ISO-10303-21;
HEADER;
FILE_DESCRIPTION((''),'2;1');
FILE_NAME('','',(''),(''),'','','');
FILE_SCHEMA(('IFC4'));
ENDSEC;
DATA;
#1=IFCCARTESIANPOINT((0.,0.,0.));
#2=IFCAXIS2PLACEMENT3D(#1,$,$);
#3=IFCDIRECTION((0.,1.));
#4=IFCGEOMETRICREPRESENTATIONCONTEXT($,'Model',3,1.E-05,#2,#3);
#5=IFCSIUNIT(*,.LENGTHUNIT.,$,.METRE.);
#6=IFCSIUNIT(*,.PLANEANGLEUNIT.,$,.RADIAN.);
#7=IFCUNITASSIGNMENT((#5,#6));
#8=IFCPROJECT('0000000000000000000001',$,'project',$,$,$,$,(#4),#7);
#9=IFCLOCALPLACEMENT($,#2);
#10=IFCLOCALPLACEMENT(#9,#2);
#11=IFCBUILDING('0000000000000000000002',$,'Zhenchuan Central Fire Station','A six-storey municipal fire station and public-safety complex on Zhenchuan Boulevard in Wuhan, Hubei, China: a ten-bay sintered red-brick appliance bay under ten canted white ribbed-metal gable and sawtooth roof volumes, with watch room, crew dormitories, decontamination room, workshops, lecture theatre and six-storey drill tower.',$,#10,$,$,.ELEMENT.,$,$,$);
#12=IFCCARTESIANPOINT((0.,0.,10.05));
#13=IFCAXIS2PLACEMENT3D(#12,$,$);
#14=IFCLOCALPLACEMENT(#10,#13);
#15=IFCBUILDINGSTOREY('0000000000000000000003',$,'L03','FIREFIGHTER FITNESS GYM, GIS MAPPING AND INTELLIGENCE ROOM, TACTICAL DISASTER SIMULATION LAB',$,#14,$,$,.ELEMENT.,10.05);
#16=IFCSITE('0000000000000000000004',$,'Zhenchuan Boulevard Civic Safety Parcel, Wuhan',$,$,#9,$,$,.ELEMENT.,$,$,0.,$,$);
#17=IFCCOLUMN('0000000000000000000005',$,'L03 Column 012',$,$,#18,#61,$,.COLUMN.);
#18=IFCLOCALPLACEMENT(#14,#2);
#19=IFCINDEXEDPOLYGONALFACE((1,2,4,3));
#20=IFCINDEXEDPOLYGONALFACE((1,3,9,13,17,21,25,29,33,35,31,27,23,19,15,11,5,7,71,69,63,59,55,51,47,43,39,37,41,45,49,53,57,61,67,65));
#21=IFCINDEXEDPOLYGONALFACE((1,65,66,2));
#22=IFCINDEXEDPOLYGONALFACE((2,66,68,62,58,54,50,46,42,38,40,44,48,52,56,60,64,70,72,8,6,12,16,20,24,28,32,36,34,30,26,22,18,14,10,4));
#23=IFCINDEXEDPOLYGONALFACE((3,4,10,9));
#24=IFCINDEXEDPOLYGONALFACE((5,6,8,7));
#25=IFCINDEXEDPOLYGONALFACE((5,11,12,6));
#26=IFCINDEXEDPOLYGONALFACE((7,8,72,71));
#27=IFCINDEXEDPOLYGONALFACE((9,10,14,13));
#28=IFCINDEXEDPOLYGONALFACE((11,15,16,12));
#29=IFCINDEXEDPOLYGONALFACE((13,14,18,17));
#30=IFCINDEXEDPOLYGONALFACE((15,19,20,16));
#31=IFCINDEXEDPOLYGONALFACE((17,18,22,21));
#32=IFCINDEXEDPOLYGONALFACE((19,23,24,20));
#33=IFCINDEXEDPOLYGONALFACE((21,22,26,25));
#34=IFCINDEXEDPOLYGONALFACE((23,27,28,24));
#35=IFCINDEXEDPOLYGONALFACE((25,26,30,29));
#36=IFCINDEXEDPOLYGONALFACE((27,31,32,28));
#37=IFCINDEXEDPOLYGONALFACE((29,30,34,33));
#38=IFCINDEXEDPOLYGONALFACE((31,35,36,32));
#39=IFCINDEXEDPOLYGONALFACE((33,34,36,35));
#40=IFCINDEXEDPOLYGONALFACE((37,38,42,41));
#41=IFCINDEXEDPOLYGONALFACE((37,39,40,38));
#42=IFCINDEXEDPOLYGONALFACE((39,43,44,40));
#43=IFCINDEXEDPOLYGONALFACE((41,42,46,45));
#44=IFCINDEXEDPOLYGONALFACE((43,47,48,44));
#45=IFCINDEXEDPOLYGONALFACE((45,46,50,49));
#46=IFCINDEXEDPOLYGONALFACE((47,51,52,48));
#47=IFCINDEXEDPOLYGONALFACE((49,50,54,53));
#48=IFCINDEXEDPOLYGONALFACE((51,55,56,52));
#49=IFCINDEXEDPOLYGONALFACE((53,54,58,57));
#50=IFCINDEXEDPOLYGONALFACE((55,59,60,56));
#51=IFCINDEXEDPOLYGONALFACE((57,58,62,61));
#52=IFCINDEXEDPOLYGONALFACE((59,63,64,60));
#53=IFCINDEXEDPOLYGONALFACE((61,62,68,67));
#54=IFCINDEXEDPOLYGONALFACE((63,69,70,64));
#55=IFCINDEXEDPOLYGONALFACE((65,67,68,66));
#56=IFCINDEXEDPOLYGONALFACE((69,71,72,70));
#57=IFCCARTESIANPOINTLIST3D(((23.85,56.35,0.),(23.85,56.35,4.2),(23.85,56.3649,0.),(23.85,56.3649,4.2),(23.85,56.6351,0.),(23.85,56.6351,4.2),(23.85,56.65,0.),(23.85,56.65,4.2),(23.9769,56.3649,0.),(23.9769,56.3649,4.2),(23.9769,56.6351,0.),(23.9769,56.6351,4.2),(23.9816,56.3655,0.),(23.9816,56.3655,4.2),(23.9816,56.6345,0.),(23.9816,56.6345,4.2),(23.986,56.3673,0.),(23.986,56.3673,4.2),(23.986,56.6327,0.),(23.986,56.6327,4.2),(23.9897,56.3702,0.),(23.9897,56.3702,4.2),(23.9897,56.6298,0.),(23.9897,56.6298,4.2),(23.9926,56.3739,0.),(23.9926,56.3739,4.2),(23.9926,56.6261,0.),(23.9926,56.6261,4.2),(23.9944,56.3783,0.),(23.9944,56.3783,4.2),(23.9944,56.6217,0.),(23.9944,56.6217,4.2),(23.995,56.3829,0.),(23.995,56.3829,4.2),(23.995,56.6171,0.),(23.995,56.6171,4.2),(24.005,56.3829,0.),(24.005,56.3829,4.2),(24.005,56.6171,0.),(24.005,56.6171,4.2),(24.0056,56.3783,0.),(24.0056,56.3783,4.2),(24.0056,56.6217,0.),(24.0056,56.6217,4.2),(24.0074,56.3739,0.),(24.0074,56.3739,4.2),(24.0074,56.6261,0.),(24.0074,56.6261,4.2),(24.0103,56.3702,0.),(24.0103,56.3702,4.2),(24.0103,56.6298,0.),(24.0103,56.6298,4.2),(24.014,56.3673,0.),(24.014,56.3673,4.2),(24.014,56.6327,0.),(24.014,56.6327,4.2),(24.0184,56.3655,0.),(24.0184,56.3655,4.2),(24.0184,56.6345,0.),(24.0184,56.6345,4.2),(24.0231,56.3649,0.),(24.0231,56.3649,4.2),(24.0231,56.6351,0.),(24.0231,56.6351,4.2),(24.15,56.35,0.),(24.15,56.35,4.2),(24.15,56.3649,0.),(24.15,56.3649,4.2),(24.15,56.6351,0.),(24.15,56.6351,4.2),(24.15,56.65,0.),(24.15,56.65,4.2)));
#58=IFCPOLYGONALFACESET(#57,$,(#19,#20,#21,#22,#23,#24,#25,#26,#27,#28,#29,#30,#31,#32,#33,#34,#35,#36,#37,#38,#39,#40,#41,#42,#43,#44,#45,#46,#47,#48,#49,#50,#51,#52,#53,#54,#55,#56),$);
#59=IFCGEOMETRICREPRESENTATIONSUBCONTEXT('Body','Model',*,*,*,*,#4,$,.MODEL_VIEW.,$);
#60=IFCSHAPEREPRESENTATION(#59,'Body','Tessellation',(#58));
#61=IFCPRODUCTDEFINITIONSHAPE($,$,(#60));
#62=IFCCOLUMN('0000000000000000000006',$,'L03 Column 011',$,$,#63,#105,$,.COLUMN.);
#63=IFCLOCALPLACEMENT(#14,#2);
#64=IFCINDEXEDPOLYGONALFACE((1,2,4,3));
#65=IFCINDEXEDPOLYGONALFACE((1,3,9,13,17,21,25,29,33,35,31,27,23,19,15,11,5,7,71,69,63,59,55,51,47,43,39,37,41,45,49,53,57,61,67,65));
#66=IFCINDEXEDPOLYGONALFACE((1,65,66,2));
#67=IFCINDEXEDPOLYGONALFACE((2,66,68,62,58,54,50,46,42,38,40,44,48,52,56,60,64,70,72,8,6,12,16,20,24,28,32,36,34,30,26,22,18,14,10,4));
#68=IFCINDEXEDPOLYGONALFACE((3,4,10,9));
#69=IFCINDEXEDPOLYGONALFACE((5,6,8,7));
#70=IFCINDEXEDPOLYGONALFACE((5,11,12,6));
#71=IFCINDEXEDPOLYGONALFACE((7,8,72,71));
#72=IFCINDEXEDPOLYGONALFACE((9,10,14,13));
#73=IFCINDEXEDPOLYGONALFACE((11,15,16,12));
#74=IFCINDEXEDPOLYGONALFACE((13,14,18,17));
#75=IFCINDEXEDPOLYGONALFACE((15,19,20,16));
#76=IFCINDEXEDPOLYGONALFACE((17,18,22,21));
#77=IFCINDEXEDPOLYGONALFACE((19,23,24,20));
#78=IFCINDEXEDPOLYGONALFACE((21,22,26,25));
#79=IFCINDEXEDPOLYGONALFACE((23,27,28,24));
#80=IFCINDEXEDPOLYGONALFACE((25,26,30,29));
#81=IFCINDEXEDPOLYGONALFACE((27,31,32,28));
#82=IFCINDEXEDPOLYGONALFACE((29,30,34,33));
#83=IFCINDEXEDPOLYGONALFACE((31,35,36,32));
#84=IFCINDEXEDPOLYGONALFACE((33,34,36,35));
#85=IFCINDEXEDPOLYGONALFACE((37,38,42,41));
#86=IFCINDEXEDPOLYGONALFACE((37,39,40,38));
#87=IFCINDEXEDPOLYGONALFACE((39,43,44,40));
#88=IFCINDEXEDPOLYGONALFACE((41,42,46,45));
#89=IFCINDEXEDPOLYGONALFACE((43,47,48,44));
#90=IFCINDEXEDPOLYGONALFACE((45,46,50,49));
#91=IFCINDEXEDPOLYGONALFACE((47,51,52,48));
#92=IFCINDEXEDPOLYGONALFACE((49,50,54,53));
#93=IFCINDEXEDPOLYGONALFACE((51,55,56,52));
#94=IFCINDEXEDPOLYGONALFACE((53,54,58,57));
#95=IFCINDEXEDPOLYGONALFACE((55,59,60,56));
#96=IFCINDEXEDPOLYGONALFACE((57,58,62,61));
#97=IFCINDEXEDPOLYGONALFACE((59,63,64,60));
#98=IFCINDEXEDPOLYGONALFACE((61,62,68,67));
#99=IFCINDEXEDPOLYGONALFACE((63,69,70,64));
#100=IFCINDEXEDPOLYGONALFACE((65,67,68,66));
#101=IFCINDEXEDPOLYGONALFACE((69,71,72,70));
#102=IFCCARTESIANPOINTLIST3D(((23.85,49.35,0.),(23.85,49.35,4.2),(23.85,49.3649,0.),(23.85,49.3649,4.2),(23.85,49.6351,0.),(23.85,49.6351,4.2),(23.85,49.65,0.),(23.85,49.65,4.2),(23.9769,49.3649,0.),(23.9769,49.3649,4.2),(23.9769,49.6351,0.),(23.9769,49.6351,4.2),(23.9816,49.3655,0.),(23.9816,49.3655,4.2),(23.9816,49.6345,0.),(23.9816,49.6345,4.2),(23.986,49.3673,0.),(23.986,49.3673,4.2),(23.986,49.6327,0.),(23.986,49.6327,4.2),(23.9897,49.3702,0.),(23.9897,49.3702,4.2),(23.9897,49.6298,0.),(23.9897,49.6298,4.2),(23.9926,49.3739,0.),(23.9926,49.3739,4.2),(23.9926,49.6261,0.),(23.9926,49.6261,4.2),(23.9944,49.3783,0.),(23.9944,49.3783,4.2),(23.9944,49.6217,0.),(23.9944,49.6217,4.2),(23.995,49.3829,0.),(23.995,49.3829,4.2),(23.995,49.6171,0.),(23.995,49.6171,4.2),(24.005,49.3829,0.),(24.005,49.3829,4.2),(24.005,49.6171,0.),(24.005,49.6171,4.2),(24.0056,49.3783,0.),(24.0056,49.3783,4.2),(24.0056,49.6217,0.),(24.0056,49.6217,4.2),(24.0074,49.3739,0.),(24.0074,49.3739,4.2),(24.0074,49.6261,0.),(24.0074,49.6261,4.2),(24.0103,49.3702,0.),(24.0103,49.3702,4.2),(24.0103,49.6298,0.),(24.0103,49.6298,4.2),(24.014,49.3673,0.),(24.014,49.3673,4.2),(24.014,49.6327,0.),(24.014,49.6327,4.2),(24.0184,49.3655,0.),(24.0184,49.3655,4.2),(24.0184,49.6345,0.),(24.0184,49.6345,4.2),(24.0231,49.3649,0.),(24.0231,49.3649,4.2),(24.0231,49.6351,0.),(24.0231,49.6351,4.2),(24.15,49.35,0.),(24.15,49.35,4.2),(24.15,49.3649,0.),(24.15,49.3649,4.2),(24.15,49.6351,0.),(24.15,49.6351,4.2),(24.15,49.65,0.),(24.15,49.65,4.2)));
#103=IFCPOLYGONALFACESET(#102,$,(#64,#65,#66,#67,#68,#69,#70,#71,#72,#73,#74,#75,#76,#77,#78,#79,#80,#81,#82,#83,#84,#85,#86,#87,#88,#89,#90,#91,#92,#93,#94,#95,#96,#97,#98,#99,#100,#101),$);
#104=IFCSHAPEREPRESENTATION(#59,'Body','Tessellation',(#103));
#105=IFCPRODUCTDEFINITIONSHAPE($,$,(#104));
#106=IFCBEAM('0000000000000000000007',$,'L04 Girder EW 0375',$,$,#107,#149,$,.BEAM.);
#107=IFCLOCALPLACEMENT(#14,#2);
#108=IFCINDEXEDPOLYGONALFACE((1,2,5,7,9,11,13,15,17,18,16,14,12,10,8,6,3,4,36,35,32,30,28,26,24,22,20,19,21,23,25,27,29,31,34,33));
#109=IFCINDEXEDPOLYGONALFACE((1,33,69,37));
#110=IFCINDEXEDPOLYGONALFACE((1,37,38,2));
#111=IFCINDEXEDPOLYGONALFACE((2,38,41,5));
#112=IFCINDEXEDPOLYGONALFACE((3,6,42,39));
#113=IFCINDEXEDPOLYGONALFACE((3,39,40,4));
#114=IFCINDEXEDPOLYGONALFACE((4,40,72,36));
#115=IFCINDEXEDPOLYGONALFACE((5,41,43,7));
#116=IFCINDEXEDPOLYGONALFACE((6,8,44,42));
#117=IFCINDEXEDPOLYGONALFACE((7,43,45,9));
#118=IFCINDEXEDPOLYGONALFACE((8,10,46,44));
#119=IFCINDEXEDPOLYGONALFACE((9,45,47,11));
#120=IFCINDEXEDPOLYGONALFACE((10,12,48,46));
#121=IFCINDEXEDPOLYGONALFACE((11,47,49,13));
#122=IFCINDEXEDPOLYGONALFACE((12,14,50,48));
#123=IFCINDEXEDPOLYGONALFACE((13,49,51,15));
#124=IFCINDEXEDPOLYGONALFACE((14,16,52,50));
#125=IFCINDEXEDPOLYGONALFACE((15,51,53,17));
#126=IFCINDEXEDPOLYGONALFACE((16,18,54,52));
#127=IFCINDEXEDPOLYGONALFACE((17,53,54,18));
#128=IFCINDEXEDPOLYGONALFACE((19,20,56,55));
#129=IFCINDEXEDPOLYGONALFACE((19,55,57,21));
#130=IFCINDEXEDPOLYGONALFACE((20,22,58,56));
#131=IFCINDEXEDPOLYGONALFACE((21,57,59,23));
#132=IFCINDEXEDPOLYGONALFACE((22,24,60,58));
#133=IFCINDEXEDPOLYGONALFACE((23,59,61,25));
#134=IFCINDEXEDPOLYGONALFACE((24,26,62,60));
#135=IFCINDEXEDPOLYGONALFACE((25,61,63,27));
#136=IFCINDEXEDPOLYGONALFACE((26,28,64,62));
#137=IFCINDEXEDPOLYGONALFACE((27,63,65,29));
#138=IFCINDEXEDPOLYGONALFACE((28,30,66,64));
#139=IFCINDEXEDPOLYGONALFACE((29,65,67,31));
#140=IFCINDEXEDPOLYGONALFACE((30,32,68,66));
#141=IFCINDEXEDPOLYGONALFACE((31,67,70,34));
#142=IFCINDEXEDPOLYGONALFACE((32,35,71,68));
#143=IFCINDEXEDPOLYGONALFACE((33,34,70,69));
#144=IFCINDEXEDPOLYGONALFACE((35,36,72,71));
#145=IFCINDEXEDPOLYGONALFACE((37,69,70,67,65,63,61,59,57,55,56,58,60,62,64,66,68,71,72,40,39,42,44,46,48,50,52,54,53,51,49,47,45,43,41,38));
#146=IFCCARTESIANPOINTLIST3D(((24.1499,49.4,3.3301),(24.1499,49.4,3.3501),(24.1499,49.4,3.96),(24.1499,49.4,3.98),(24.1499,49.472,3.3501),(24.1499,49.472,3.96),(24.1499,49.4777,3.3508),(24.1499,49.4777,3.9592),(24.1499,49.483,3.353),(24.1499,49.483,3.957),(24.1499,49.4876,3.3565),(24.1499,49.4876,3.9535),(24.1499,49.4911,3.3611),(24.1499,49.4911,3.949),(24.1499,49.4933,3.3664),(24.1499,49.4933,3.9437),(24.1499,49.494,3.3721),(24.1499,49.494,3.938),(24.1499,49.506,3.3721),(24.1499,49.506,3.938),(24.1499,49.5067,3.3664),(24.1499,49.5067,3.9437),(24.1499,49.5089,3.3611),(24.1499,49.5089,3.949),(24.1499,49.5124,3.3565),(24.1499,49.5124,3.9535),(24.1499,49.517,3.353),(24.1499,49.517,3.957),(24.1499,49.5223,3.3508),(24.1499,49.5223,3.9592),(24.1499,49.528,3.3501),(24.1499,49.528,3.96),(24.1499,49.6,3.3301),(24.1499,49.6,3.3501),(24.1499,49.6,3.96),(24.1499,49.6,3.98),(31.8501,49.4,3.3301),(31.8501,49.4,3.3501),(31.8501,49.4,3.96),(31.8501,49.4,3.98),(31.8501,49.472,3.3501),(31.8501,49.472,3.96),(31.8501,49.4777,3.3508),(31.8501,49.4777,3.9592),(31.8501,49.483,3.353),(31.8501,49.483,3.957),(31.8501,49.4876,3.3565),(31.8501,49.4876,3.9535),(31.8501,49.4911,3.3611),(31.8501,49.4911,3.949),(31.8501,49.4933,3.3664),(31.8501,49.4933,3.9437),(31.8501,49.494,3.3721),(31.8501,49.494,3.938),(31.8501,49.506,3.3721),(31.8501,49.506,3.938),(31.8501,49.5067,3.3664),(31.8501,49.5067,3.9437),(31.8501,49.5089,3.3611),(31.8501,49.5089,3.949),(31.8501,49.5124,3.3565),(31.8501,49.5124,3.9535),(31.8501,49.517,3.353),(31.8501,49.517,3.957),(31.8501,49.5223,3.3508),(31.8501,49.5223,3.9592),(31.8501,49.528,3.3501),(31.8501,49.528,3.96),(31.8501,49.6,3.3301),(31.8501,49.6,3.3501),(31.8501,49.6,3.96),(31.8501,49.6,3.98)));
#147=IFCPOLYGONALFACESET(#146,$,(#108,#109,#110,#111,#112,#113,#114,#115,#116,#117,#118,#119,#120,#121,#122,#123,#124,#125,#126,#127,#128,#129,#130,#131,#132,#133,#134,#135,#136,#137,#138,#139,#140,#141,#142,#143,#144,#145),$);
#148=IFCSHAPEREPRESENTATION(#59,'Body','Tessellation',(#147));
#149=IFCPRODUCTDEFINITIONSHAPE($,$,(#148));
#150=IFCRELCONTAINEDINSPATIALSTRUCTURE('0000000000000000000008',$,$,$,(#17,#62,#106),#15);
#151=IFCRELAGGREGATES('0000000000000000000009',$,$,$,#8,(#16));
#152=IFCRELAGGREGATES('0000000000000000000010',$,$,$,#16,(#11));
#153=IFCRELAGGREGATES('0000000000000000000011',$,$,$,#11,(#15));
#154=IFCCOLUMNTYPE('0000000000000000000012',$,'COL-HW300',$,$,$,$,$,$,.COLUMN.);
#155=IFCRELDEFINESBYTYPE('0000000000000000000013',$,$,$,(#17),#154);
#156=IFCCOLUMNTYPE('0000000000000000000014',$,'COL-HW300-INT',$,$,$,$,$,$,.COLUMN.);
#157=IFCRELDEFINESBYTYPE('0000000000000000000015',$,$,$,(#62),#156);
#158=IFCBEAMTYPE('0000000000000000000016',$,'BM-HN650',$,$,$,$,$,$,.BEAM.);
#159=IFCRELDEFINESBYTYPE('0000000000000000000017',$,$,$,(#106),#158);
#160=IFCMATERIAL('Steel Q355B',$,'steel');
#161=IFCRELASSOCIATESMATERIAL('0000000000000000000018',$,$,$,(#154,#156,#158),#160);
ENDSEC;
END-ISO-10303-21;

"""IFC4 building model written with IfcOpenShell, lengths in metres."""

from ifc_helpers import new_model, si_unit, direction, frame, origin, origin_2d, place, context, subcontext, project, spatial, i_section, extrude, material, material_profile, profile_set, type_object, element, save


model = new_model("IFC4")

# Units and contexts
model_context = context("Model", 3, precision=1e-05, world=origin(), true_north=direction((0.0, 1.0)))
body_context = subcontext(model_context, "Body", "Model", "MODEL_VIEW")
ifc_project = project(units=[si_unit("LENGTHUNIT", "METRE"), si_unit("PLANEANGLEUNIT", "RADIAN")], contexts=[model_context])

# Site, building, storey
site_placement = place(None, origin())
site = spatial("IfcSite", under=ifc_project, at=site_placement, Name="Zhenchuan Boulevard Civic Safety Parcel, Wuhan", CompositionType="ELEMENT", RefElevation=0.0)
building_placement = place(site_placement, origin())
building = spatial("IfcBuilding", under=site, at=building_placement, Name="Zhenchuan Central Fire Station", Description="A six-storey municipal fire station and public-safety complex on Zhenchuan Boulevard in Wuhan, Hubei, China: a ten-bay sintered red-brick appliance bay under ten canted white ribbed-metal gable and sawtooth roof volumes, with watch room, crew dormitories, decontamination room, workshops, lecture theatre and six-storey drill tower.", CompositionType="ELEMENT")
storey_placement = place(building_placement, frame((0.0, 0.0, 10.05)))
storey = spatial("IfcBuildingStorey", under=building, at=storey_placement, Name="L03", Description="FIREFIGHTER FITNESS GYM, GIS MAPPING AND INTELLIGENCE ROOM, TACTICAL DISASTER SIMULATION LAB", CompositionType="ELEMENT", Elevation=10.05)

# Columns
ifc_material_1 = material(Name="Steel Q355B", Category="steel")
ifc_material_profile_1 = material_profile(ifc_material_1, i_section(OverallWidth=0.3, OverallDepth=0.3, WebThickness=0.01, FlangeThickness=0.0149, FilletRadius=0.0181, at=origin_2d()), Name="HW 300x300")
ifc_profile_set_1 = profile_set([ifc_material_profile_1], Name="Steel Q355B")
column_type_1 = type_object("IfcColumnType", Name="COL-HW300", PredefinedType="COLUMN", material=ifc_profile_set_1)
column_1_placement = place(storey_placement, frame((24.0, 56.5, 0.0), z_axis=(0.0, 0.0, 1.0), x_axis=(1.0, 0.0, 0.0)))
element("IfcColumn", 1, at=column_1_placement, inside=storey, type_object=column_type_1, Name="L03 Column 012", PredefinedType="COLUMN", context=body_context, shape_type="SweptSolid", body=[
    extrude(i_section(OverallWidth=0.3, OverallDepth=0.3, WebThickness=0.01, FlangeThickness=0.0149, FilletRadius=0.0181, at=origin_2d()), origin(), (0.0, 0.0, 1.0), 4.2),
])
ifc_material_profile_2 = material_profile(ifc_material_1, i_section(OverallWidth=0.3, OverallDepth=0.3, WebThickness=0.01, FlangeThickness=0.0149, FilletRadius=0.0181, at=origin_2d()), Name="HW 300x300")
ifc_profile_set_2 = profile_set([ifc_material_profile_2], Name="Steel Q355B")
column_type_2 = type_object("IfcColumnType", Name="COL-HW300-INT", PredefinedType="COLUMN", material=ifc_profile_set_2)
column_2_placement = place(storey_placement, frame((24.0, 49.5, 0.0), z_axis=(0.0, 0.0, 1.0), x_axis=(1.0, 0.0, 0.0)))
element("IfcColumn", 2, at=column_2_placement, inside=storey, type_object=column_type_2, Name="L03 Column 011", PredefinedType="COLUMN", context=body_context, shape_type="SweptSolid", body=[
    extrude(i_section(OverallWidth=0.3, OverallDepth=0.3, WebThickness=0.01, FlangeThickness=0.0149, FilletRadius=0.0181, at=origin_2d()), origin(), (0.0, 0.0, 1.0), 4.2),
])

# Beam
ifc_material_profile_3 = material_profile(ifc_material_1, i_section(OverallWidth=0.2, OverallDepth=0.6499, WebThickness=0.012, FlangeThickness=0.02, FilletRadius=0.022, at=origin_2d()), Name="HN 650x200")
ifc_profile_set_3 = profile_set([ifc_material_profile_3], Name="Steel Q355B")
beam_type_1 = type_object("IfcBeamType", Name="BM-HN650", PredefinedType="BEAM", material=ifc_profile_set_3)
beam_1_placement = place(storey_placement, frame((24.1499, 49.5, 3.655), z_axis=(1.0, 0.0, 0.0), x_axis=(0.0, 1.0, 0.0)))
element("IfcBeam", 3, at=beam_1_placement, inside=storey, type_object=beam_type_1, Name="L04 Girder EW 0375", PredefinedType="BEAM", context=body_context, shape_type="SweptSolid", body=[
    extrude(i_section(OverallWidth=0.2, OverallDepth=0.6499, WebThickness=0.012, FlangeThickness=0.02, FilletRadius=0.022, at=origin_2d()), origin(), (0.0, 0.0, 1.0), 7.7002),
])

save(model, "model.ifc")
